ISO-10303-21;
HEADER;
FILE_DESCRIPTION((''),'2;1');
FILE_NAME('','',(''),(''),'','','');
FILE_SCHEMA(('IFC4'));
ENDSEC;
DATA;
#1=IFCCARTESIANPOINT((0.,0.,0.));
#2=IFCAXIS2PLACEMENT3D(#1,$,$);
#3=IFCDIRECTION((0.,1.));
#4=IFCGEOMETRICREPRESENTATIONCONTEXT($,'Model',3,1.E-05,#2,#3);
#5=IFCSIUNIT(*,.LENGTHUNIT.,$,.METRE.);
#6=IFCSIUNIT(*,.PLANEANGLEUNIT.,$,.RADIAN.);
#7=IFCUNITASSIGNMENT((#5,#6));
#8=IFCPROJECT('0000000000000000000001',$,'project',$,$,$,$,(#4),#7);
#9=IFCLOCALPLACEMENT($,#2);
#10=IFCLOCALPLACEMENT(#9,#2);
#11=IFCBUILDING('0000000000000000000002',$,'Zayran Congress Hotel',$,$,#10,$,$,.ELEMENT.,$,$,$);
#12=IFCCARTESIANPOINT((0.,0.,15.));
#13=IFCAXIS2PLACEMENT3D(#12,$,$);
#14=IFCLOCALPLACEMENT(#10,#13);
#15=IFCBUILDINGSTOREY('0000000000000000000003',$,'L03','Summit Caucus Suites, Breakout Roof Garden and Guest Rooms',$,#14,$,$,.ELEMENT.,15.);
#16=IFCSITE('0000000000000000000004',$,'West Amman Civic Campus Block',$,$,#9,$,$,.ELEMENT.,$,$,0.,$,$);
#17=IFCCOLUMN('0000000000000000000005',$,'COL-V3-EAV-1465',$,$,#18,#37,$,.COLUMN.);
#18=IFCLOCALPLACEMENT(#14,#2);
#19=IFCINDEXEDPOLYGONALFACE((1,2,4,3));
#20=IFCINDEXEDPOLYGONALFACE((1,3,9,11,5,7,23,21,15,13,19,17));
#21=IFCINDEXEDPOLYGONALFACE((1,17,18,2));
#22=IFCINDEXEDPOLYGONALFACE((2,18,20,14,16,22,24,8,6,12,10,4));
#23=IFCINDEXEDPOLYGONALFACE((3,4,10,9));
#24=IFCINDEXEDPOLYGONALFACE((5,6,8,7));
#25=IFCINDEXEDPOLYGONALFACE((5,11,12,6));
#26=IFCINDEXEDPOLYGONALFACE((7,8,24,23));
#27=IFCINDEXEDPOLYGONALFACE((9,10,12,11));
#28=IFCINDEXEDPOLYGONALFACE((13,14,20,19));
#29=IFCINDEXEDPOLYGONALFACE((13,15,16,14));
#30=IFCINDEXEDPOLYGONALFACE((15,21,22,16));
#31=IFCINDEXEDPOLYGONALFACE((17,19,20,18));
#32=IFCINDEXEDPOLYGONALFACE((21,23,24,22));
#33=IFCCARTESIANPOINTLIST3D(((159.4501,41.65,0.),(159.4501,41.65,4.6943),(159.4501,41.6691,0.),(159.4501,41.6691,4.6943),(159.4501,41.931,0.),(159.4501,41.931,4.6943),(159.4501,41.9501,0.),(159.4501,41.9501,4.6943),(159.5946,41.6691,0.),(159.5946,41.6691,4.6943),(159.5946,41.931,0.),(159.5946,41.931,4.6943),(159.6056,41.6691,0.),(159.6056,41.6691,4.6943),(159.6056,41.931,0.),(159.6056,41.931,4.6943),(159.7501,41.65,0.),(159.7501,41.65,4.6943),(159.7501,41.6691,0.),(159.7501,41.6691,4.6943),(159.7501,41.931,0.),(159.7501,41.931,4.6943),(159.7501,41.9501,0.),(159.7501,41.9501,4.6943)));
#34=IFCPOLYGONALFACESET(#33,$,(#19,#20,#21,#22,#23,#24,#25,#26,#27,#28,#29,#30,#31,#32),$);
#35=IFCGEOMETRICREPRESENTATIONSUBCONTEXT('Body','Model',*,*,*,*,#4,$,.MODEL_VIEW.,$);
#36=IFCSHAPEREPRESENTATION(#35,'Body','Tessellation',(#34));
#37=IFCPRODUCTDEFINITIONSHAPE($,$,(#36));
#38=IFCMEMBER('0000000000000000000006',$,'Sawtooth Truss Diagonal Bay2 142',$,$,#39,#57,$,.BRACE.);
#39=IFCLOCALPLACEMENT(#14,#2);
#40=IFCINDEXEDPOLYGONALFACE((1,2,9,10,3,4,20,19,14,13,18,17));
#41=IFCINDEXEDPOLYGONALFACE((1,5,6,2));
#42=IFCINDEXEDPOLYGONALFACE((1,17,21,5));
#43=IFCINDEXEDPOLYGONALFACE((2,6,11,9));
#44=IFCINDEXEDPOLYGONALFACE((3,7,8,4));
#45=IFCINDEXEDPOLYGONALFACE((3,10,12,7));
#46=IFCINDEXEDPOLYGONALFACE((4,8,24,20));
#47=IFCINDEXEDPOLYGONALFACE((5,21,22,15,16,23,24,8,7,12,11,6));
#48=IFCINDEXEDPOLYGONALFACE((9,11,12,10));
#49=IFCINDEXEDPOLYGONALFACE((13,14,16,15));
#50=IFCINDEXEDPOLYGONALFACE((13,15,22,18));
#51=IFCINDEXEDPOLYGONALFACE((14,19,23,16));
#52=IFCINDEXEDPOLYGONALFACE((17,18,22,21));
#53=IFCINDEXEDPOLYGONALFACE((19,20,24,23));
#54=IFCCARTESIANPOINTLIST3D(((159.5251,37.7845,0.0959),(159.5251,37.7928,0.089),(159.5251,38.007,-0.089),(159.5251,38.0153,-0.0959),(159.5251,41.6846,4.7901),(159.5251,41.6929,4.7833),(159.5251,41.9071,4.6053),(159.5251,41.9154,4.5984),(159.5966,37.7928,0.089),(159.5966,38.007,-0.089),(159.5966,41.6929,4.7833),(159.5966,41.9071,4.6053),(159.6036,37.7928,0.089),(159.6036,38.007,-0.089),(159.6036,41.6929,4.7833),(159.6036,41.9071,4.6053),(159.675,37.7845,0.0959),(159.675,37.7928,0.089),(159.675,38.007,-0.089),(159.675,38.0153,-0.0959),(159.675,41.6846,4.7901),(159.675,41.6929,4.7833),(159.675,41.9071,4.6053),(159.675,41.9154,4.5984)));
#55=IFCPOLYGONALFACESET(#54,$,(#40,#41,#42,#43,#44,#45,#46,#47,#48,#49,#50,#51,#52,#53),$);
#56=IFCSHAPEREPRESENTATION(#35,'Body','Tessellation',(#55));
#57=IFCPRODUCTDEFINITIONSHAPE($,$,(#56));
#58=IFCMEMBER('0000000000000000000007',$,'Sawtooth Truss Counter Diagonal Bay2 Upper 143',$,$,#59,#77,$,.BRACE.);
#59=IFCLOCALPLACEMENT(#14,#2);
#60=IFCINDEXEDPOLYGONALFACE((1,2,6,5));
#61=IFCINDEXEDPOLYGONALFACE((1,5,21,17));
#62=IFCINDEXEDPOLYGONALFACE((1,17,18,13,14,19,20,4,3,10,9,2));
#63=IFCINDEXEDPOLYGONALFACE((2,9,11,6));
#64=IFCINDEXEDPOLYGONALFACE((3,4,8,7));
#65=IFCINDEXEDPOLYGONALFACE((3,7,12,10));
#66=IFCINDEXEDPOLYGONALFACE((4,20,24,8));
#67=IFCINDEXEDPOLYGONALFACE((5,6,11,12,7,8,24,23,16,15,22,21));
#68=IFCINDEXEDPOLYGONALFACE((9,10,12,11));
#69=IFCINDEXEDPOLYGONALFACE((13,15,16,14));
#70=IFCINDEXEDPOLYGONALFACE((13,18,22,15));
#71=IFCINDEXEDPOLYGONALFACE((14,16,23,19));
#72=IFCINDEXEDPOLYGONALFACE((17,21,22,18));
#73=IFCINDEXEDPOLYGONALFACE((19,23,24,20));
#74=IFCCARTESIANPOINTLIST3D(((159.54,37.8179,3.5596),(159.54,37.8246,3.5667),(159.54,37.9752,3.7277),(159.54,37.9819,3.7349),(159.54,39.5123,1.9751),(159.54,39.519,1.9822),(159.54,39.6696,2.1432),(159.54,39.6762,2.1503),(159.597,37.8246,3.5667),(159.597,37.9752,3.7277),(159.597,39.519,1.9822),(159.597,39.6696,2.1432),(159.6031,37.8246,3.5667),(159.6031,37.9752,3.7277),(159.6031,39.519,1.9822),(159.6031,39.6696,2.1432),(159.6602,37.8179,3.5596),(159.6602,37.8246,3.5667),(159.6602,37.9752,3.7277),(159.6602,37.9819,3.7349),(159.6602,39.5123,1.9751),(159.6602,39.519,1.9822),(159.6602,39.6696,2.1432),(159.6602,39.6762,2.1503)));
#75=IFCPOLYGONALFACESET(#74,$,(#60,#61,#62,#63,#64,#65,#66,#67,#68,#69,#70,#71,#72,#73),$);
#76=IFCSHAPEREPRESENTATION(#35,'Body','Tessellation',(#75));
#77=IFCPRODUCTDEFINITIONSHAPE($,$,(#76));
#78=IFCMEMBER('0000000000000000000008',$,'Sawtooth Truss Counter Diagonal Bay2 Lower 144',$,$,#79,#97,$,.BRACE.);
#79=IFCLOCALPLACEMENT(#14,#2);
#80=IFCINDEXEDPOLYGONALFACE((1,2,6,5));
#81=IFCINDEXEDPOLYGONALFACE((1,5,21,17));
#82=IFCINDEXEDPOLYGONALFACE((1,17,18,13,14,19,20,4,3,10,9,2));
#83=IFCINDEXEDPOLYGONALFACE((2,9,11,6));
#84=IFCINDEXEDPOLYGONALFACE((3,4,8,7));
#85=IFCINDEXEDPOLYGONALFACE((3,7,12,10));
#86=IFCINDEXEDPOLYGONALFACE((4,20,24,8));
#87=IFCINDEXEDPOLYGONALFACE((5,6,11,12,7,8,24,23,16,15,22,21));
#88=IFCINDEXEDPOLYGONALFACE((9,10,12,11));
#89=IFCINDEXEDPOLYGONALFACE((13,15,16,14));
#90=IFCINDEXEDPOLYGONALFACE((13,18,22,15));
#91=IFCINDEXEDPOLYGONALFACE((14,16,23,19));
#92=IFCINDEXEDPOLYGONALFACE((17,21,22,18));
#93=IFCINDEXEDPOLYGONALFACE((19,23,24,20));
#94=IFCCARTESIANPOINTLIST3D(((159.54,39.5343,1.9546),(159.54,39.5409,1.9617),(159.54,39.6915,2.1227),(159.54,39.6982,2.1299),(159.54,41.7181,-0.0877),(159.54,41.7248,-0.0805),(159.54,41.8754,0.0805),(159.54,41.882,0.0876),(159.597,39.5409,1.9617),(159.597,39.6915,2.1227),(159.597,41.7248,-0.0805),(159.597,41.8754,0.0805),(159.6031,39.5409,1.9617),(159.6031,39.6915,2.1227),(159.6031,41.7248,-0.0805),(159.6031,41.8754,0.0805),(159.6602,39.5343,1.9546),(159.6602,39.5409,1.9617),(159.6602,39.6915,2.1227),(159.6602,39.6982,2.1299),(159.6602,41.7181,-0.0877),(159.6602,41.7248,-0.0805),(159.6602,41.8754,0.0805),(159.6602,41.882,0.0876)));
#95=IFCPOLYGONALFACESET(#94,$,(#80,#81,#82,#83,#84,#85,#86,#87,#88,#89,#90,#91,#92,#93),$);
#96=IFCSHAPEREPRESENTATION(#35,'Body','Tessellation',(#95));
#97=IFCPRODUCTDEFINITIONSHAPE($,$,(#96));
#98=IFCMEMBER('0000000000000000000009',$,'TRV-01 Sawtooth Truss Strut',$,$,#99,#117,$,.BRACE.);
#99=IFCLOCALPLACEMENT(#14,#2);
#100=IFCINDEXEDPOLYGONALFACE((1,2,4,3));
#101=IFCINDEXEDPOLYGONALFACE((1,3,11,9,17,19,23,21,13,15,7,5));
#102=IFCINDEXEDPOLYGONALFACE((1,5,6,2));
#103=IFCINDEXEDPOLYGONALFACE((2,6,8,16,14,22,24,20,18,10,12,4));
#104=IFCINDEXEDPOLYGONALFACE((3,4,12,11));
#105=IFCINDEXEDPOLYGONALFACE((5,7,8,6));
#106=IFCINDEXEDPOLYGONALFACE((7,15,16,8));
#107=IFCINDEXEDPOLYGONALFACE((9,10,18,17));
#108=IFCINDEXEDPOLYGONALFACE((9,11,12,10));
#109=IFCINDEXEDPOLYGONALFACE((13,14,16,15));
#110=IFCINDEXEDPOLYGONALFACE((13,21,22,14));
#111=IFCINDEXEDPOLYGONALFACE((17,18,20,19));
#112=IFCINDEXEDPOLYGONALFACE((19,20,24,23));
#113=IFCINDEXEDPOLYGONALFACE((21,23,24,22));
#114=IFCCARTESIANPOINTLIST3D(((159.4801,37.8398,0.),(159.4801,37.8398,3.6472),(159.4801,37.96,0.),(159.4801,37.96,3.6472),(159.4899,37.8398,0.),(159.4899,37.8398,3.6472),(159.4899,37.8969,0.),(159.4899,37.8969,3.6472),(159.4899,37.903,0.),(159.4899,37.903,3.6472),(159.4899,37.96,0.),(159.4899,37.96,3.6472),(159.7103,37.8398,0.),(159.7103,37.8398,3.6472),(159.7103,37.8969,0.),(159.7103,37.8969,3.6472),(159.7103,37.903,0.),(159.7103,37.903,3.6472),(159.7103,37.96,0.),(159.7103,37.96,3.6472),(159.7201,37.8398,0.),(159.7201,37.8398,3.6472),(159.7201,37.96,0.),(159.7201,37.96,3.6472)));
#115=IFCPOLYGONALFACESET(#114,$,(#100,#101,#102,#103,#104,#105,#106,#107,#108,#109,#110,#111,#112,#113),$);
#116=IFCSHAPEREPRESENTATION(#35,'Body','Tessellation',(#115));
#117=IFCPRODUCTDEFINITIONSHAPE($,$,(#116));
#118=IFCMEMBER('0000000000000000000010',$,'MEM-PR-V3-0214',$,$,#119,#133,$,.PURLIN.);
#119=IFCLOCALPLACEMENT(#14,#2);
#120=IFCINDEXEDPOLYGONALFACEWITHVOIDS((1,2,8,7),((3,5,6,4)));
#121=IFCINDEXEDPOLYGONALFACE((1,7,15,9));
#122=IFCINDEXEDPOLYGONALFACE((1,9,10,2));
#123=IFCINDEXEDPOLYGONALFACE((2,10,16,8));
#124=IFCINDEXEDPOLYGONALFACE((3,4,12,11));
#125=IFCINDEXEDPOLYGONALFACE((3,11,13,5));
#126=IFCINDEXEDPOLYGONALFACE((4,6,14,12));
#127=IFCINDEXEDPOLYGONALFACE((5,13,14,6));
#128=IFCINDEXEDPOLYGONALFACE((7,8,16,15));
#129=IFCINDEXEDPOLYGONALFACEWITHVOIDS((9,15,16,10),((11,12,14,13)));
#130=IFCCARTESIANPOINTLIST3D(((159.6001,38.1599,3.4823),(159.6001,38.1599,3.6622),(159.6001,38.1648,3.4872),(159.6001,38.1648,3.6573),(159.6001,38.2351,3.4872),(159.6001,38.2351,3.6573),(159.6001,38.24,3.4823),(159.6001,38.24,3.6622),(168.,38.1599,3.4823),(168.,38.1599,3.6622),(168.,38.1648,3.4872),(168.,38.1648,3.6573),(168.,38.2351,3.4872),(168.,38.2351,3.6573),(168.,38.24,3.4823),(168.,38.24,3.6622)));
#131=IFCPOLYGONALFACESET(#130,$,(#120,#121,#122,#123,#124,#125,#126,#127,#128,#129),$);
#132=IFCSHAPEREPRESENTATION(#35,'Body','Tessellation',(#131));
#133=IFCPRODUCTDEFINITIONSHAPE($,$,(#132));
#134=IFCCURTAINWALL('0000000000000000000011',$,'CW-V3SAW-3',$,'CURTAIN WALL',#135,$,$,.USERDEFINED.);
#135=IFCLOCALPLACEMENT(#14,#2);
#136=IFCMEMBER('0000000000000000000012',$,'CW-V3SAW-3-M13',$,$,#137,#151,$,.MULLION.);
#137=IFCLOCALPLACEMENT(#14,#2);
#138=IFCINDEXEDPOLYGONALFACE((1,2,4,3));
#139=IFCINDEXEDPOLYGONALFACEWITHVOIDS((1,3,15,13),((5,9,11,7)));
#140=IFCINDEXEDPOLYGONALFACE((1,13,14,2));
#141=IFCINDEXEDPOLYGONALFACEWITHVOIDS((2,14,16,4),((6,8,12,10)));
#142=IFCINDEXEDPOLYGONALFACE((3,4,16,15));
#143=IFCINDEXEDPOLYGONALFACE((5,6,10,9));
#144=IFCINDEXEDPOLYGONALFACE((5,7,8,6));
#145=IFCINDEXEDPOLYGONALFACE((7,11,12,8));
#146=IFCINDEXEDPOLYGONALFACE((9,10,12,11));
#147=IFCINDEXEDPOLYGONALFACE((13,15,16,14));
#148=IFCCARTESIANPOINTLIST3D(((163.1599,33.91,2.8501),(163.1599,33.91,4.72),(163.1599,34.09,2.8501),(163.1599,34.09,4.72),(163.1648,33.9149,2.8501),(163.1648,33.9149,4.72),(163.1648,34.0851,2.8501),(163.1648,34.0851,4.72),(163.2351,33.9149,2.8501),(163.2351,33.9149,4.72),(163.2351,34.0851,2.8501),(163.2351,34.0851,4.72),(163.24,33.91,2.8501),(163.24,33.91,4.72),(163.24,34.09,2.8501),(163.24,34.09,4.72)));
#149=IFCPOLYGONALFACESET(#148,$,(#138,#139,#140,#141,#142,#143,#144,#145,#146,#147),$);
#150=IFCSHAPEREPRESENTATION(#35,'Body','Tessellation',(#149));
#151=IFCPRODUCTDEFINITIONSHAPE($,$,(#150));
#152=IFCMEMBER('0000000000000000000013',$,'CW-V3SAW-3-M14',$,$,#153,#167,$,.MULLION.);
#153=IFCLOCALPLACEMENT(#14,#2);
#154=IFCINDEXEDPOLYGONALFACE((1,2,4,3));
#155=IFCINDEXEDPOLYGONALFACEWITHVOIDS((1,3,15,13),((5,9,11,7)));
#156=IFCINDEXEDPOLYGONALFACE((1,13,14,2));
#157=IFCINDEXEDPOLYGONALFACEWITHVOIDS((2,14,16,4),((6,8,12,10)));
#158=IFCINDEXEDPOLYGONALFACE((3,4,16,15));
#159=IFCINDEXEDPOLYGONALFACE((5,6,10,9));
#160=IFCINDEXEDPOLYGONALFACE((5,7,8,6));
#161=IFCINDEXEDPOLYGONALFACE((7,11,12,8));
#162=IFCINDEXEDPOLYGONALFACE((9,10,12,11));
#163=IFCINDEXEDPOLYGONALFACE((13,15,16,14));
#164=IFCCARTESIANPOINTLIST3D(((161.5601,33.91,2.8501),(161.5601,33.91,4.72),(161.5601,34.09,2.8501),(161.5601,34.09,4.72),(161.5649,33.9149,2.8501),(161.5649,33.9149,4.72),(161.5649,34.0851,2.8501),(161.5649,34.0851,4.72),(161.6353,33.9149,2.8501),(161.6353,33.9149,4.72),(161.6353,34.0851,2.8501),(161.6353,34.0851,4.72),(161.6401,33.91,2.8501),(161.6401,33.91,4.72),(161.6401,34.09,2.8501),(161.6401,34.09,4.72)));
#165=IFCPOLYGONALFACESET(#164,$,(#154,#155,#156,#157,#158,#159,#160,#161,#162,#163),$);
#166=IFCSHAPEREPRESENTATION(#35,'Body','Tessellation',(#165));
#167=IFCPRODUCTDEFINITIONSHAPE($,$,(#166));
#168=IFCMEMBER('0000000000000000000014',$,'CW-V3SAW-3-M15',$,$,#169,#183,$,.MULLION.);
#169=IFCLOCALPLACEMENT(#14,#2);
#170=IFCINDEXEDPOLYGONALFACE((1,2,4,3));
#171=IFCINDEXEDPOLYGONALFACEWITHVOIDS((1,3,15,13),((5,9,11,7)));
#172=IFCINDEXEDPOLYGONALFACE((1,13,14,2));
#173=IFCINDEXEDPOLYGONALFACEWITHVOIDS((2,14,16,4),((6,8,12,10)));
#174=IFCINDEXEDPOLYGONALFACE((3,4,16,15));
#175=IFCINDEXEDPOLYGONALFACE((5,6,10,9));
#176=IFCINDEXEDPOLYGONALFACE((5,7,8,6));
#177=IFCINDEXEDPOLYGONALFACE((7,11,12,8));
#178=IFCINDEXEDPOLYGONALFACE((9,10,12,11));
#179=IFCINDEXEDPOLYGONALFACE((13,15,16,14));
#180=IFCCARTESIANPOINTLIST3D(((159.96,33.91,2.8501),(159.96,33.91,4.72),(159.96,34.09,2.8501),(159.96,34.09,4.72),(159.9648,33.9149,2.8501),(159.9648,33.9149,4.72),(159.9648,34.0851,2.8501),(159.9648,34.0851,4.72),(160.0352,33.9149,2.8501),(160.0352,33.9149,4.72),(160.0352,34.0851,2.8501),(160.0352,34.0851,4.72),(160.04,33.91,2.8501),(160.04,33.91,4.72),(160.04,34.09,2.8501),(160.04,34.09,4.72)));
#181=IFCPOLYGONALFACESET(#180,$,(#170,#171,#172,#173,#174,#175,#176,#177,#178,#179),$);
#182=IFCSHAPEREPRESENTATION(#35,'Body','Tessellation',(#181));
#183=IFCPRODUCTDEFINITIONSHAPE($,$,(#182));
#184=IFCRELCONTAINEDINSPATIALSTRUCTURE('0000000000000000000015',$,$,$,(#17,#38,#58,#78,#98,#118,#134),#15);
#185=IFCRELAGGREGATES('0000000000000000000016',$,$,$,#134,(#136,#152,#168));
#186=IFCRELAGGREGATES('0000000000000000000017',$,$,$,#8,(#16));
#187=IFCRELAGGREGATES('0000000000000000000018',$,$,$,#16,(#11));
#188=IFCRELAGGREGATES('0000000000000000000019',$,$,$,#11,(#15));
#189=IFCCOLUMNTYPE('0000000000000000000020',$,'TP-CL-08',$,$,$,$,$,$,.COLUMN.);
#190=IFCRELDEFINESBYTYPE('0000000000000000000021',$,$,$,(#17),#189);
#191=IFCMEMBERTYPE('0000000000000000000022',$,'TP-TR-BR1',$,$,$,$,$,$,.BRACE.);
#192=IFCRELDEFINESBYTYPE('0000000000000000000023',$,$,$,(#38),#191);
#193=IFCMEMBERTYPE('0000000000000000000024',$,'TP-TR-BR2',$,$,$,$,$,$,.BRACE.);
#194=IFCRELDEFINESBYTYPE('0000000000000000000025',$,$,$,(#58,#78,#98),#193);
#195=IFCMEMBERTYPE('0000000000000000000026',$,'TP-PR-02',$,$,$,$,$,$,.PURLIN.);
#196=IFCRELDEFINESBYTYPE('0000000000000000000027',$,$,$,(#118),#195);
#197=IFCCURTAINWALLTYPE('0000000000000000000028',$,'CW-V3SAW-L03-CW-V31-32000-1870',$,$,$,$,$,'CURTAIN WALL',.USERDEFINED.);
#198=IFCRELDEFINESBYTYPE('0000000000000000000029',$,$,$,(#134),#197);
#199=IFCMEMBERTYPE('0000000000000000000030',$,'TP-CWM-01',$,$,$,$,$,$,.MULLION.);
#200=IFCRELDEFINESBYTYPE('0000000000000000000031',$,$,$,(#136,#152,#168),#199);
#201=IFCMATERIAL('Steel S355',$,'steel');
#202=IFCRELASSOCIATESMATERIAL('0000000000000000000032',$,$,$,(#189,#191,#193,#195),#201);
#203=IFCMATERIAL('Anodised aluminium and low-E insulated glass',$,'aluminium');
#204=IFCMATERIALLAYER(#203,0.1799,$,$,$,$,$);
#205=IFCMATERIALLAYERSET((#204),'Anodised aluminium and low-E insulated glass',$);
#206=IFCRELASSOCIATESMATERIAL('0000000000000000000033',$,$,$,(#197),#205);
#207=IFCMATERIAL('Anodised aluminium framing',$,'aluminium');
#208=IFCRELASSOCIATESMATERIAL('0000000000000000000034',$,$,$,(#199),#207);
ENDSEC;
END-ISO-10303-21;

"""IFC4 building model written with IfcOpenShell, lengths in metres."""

from ifc_helpers import new_model, si_unit, direction, frame, origin, origin_2d, place, context, subcontext, project, spatial, hollow_rectangle, i_section, extrude, material, layer, layer_set, material_profile, profile_set, type_object, element, aggregate, save


model = new_model("IFC4")

# Units and contexts
model_context = context("Model", 3, precision=1e-05, world=origin(), true_north=direction((0.0, 1.0)))
body_context = subcontext(model_context, "Body", "Model", "MODEL_VIEW")
ifc_project = project(units=[si_unit("LENGTHUNIT", "METRE"), si_unit("PLANEANGLEUNIT", "RADIAN")], contexts=[model_context])

# Site, building, storey
site_placement = place(None, origin())
site = spatial("IfcSite", under=ifc_project, at=site_placement, Name="West Amman Civic Campus Block", CompositionType="ELEMENT", RefElevation=0.0)
building_placement = place(site_placement, origin())
building = spatial("IfcBuilding", under=site, at=building_placement, Name="Zayran Congress Hotel", CompositionType="ELEMENT")
storey_placement = place(building_placement, frame((0.0, 0.0, 15.0)))
storey = spatial("IfcBuildingStorey", under=building, at=storey_placement, Name="L03", Description="Summit Caucus Suites, Breakout Roof Garden and Guest Rooms", CompositionType="ELEMENT", Elevation=15.0)

# Column
ifc_material_1 = material(Name="Steel S355", Category="steel")
ifc_material_profile_1 = material_profile(ifc_material_1, i_section(OverallWidth=0.3, OverallDepth=0.3, WebThickness=0.011, FlangeThickness=0.019, at=origin_2d()), Name="HEB 300")
ifc_profile_set_1 = profile_set([ifc_material_profile_1], Name="Steel S355")
column_type = type_object("IfcColumnType", Name="TP-CL-08", PredefinedType="COLUMN", material=ifc_profile_set_1)
column_placement = place(storey_placement, frame((159.6001, 41.8, 0.0), z_axis=(0.0, 0.0, 1.0), x_axis=(1.0, 0.0, 0.0)))
element("IfcColumn", 1, at=column_placement, inside=storey, type_object=column_type, Name="COL-V3-EAV-1465", PredefinedType="COLUMN", context=body_context, shape_type="SweptSolid", body=[
    extrude(i_section(OverallWidth=0.3, OverallDepth=0.3, WebThickness=0.011, FlangeThickness=0.019, at=origin_2d()), origin(), (0.0, 0.0, 1.0), 4.6943),
])

# Members
ifc_material_profile_2 = material_profile(ifc_material_1, i_section(OverallWidth=0.1499, OverallDepth=0.3, WebThickness=0.0071, FlangeThickness=0.0107, at=origin_2d()), Name="IPE 300")
ifc_profile_set_2 = profile_set([ifc_material_profile_2], Name="Steel S355")
member_type_1 = type_object("IfcMemberType", Name="TP-TR-BR1", PredefinedType="BRACE", material=ifc_profile_set_2)
member_1_placement = place(storey_placement, frame((159.6001, 37.8999, 0.0), z_axis=(0.0, 0.639043, 0.769171), x_axis=(-1.0, 0.0, 0.0)))
element("IfcMember", 2, at=member_1_placement, inside=storey, type_object=member_type_1, Name="Sawtooth Truss Diagonal Bay2 142", PredefinedType="BRACE", context=body_context, shape_type="SweptSolid", body=[
    extrude(i_section(OverallWidth=0.1499, OverallDepth=0.3, WebThickness=0.0071, FlangeThickness=0.0107, at=origin_2d()), origin(), (0.0, 0.0, 1.0), 6.103),
])
ifc_material_profile_3 = material_profile(ifc_material_1, i_section(OverallWidth=0.1201, OverallDepth=0.24, WebThickness=0.0061, FlangeThickness=0.0098, at=origin_2d()), Name="IPE 240")
ifc_profile_set_3 = profile_set([ifc_material_profile_3], Name="Steel S355")
member_type_2 = type_object("IfcMemberType", Name="TP-TR-BR2", PredefinedType="BRACE", material=ifc_profile_set_3)
member_2_placement = place(storey_placement, frame((159.6001, 37.8999, 3.6472), z_axis=(0.0, 0.73039, -0.68303), x_axis=(-1.0, 0.0, 0.0)))
element("IfcMember", 3, at=member_2_placement, inside=storey, type_object=member_type_2, Name="Sawtooth Truss Counter Diagonal Bay2 Upper 143", PredefinedType="BRACE", context=body_context, shape_type="SweptSolid", body=[
    extrude(i_section(OverallWidth=0.1201, OverallDepth=0.24, WebThickness=0.0061, FlangeThickness=0.0098, at=origin_2d()), origin(), (0.0, 0.0, 1.0), 2.3198),
])
member_3_placement = place(storey_placement, frame((159.6001, 39.6162, 2.0422), z_axis=(0.0, 0.73039, -0.683031), x_axis=(-1.0, 0.0, 0.0)))
element("IfcMember", 4, at=member_3_placement, inside=storey, type_object=member_type_2, Name="Sawtooth Truss Counter Diagonal Bay2 Lower 144", PredefinedType="BRACE", context=body_context, shape_type="SweptSolid", body=[
    extrude(i_section(OverallWidth=0.1201, OverallDepth=0.24, WebThickness=0.0061, FlangeThickness=0.0098, at=origin_2d()), origin(), (0.0, 0.0, 1.0), 2.99),
])
member_4_placement = place(storey_placement, frame((159.6001, 37.8999, 0.0), z_axis=(0.0, 0.0, 1.0), x_axis=(0.0, 1.0, 0.0)))
element("IfcMember", 5, at=member_4_placement, inside=storey, type_object=member_type_2, Name="TRV-01 Sawtooth Truss Strut", PredefinedType="BRACE", context=body_context, shape_type="SweptSolid", body=[
    extrude(i_section(OverallWidth=0.1201, OverallDepth=0.24, WebThickness=0.0061, FlangeThickness=0.0098, at=origin_2d()), origin(), (0.0, 0.0, 1.0), 3.6472),
])
ifc_material_profile_4 = material_profile(ifc_material_1, hollow_rectangle(XDim=0.0801, YDim=0.1799, WallThickness=0.0049, at=origin_2d()), Name="RHS 180x80x5")
ifc_profile_set_4 = profile_set([ifc_material_profile_4], Name="Steel S355")
member_type_3 = type_object("IfcMemberType", Name="TP-PR-02", PredefinedType="PURLIN", material=ifc_profile_set_4)
member_5_placement = place(storey_placement, frame((159.6001, 38.2, 3.5723), z_axis=(1.0, 0.0, 0.0), x_axis=(0.0, 1.0, 0.0)))
element("IfcMember", 6, at=member_5_placement, inside=storey, type_object=member_type_3, Name="MEM-PR-V3-0214", PredefinedType="PURLIN", context=body_context, shape_type="SweptSolid", body=[
    extrude(hollow_rectangle(XDim=0.0801, YDim=0.1799, WallThickness=0.0049, at=origin_2d()), origin(), (0.0, 0.0, 1.0), 8.3999),
])

# Curtain wall, members
ifc_material_2 = material(Name="Anodised aluminium and low-E insulated glass", Category="aluminium")
ifc_layer_1 = layer(ifc_material_2, 0.1799)
ifc_layer_set_1 = layer_set([ifc_layer_1], Name="Anodised aluminium and low-E insulated glass")
curtain_wall_type = type_object("IfcCurtainWallType", Name="CW-V3SAW-L03-CW-V31-32000-1870", ElementType="CURTAIN WALL", PredefinedType="USERDEFINED", material=ifc_layer_set_1)
curtain_wall_placement = place(storey_placement, origin())
curtain_wall = element("IfcCurtainWall", 7, at=curtain_wall_placement, inside=storey, type_object=curtain_wall_type, Name="CW-V3SAW-3", ObjectType="CURTAIN WALL", PredefinedType="USERDEFINED")
ifc_material_3 = material(Name="Anodised aluminium framing", Category="aluminium")
ifc_material_profile_5 = material_profile(ifc_material_3, hollow_rectangle(XDim=0.0801, YDim=0.1799, WallThickness=0.0049, at=origin_2d()), Name="RHS 180x80x5")
ifc_profile_set_5 = profile_set([ifc_material_profile_5], Name="Anodised aluminium framing")
member_type_4 = type_object("IfcMemberType", Name="TP-CWM-01", PredefinedType="MULLION", material=ifc_profile_set_5)
member_6_placement = place(storey_placement, frame((163.2, 34.0, 2.8501), z_axis=(0.0, 0.0, 1.0), x_axis=(1.0, 0.0, 0.0)))
member_6 = element("IfcMember", 8, at=member_6_placement, type_object=member_type_4, Name="CW-V3SAW-3-M13", PredefinedType="MULLION", context=body_context, shape_type="SweptSolid", body=[
    extrude(hollow_rectangle(XDim=0.0801, YDim=0.1799, WallThickness=0.0049, at=origin_2d()), origin(), (0.0, 0.0, 1.0), 1.8699),
])
member_7_placement = place(storey_placement, frame((161.6001, 34.0, 2.8501), z_axis=(0.0, 0.0, 1.0), x_axis=(1.0, 0.0, 0.0)))
member_7 = element("IfcMember", 9, at=member_7_placement, type_object=member_type_4, Name="CW-V3SAW-3-M14", PredefinedType="MULLION", context=body_context, shape_type="SweptSolid", body=[
    extrude(hollow_rectangle(XDim=0.0801, YDim=0.1799, WallThickness=0.0049, at=origin_2d()), origin(), (0.0, 0.0, 1.0), 1.8699),
])
member_8_placement = place(storey_placement, frame((160.0, 34.0, 2.8501), z_axis=(0.0, 0.0, 1.0), x_axis=(1.0, 0.0, 0.0)))
member_8 = element("IfcMember", 10, at=member_8_placement, type_object=member_type_4, Name="CW-V3SAW-3-M15", PredefinedType="MULLION", context=body_context, shape_type="SweptSolid", body=[
    extrude(hollow_rectangle(XDim=0.0801, YDim=0.1799, WallThickness=0.0049, at=origin_2d()), origin(), (0.0, 0.0, 1.0), 1.8699),
])

aggregate(curtain_wall, [member_6, member_7, member_8])

save(model, "model.ifc")
